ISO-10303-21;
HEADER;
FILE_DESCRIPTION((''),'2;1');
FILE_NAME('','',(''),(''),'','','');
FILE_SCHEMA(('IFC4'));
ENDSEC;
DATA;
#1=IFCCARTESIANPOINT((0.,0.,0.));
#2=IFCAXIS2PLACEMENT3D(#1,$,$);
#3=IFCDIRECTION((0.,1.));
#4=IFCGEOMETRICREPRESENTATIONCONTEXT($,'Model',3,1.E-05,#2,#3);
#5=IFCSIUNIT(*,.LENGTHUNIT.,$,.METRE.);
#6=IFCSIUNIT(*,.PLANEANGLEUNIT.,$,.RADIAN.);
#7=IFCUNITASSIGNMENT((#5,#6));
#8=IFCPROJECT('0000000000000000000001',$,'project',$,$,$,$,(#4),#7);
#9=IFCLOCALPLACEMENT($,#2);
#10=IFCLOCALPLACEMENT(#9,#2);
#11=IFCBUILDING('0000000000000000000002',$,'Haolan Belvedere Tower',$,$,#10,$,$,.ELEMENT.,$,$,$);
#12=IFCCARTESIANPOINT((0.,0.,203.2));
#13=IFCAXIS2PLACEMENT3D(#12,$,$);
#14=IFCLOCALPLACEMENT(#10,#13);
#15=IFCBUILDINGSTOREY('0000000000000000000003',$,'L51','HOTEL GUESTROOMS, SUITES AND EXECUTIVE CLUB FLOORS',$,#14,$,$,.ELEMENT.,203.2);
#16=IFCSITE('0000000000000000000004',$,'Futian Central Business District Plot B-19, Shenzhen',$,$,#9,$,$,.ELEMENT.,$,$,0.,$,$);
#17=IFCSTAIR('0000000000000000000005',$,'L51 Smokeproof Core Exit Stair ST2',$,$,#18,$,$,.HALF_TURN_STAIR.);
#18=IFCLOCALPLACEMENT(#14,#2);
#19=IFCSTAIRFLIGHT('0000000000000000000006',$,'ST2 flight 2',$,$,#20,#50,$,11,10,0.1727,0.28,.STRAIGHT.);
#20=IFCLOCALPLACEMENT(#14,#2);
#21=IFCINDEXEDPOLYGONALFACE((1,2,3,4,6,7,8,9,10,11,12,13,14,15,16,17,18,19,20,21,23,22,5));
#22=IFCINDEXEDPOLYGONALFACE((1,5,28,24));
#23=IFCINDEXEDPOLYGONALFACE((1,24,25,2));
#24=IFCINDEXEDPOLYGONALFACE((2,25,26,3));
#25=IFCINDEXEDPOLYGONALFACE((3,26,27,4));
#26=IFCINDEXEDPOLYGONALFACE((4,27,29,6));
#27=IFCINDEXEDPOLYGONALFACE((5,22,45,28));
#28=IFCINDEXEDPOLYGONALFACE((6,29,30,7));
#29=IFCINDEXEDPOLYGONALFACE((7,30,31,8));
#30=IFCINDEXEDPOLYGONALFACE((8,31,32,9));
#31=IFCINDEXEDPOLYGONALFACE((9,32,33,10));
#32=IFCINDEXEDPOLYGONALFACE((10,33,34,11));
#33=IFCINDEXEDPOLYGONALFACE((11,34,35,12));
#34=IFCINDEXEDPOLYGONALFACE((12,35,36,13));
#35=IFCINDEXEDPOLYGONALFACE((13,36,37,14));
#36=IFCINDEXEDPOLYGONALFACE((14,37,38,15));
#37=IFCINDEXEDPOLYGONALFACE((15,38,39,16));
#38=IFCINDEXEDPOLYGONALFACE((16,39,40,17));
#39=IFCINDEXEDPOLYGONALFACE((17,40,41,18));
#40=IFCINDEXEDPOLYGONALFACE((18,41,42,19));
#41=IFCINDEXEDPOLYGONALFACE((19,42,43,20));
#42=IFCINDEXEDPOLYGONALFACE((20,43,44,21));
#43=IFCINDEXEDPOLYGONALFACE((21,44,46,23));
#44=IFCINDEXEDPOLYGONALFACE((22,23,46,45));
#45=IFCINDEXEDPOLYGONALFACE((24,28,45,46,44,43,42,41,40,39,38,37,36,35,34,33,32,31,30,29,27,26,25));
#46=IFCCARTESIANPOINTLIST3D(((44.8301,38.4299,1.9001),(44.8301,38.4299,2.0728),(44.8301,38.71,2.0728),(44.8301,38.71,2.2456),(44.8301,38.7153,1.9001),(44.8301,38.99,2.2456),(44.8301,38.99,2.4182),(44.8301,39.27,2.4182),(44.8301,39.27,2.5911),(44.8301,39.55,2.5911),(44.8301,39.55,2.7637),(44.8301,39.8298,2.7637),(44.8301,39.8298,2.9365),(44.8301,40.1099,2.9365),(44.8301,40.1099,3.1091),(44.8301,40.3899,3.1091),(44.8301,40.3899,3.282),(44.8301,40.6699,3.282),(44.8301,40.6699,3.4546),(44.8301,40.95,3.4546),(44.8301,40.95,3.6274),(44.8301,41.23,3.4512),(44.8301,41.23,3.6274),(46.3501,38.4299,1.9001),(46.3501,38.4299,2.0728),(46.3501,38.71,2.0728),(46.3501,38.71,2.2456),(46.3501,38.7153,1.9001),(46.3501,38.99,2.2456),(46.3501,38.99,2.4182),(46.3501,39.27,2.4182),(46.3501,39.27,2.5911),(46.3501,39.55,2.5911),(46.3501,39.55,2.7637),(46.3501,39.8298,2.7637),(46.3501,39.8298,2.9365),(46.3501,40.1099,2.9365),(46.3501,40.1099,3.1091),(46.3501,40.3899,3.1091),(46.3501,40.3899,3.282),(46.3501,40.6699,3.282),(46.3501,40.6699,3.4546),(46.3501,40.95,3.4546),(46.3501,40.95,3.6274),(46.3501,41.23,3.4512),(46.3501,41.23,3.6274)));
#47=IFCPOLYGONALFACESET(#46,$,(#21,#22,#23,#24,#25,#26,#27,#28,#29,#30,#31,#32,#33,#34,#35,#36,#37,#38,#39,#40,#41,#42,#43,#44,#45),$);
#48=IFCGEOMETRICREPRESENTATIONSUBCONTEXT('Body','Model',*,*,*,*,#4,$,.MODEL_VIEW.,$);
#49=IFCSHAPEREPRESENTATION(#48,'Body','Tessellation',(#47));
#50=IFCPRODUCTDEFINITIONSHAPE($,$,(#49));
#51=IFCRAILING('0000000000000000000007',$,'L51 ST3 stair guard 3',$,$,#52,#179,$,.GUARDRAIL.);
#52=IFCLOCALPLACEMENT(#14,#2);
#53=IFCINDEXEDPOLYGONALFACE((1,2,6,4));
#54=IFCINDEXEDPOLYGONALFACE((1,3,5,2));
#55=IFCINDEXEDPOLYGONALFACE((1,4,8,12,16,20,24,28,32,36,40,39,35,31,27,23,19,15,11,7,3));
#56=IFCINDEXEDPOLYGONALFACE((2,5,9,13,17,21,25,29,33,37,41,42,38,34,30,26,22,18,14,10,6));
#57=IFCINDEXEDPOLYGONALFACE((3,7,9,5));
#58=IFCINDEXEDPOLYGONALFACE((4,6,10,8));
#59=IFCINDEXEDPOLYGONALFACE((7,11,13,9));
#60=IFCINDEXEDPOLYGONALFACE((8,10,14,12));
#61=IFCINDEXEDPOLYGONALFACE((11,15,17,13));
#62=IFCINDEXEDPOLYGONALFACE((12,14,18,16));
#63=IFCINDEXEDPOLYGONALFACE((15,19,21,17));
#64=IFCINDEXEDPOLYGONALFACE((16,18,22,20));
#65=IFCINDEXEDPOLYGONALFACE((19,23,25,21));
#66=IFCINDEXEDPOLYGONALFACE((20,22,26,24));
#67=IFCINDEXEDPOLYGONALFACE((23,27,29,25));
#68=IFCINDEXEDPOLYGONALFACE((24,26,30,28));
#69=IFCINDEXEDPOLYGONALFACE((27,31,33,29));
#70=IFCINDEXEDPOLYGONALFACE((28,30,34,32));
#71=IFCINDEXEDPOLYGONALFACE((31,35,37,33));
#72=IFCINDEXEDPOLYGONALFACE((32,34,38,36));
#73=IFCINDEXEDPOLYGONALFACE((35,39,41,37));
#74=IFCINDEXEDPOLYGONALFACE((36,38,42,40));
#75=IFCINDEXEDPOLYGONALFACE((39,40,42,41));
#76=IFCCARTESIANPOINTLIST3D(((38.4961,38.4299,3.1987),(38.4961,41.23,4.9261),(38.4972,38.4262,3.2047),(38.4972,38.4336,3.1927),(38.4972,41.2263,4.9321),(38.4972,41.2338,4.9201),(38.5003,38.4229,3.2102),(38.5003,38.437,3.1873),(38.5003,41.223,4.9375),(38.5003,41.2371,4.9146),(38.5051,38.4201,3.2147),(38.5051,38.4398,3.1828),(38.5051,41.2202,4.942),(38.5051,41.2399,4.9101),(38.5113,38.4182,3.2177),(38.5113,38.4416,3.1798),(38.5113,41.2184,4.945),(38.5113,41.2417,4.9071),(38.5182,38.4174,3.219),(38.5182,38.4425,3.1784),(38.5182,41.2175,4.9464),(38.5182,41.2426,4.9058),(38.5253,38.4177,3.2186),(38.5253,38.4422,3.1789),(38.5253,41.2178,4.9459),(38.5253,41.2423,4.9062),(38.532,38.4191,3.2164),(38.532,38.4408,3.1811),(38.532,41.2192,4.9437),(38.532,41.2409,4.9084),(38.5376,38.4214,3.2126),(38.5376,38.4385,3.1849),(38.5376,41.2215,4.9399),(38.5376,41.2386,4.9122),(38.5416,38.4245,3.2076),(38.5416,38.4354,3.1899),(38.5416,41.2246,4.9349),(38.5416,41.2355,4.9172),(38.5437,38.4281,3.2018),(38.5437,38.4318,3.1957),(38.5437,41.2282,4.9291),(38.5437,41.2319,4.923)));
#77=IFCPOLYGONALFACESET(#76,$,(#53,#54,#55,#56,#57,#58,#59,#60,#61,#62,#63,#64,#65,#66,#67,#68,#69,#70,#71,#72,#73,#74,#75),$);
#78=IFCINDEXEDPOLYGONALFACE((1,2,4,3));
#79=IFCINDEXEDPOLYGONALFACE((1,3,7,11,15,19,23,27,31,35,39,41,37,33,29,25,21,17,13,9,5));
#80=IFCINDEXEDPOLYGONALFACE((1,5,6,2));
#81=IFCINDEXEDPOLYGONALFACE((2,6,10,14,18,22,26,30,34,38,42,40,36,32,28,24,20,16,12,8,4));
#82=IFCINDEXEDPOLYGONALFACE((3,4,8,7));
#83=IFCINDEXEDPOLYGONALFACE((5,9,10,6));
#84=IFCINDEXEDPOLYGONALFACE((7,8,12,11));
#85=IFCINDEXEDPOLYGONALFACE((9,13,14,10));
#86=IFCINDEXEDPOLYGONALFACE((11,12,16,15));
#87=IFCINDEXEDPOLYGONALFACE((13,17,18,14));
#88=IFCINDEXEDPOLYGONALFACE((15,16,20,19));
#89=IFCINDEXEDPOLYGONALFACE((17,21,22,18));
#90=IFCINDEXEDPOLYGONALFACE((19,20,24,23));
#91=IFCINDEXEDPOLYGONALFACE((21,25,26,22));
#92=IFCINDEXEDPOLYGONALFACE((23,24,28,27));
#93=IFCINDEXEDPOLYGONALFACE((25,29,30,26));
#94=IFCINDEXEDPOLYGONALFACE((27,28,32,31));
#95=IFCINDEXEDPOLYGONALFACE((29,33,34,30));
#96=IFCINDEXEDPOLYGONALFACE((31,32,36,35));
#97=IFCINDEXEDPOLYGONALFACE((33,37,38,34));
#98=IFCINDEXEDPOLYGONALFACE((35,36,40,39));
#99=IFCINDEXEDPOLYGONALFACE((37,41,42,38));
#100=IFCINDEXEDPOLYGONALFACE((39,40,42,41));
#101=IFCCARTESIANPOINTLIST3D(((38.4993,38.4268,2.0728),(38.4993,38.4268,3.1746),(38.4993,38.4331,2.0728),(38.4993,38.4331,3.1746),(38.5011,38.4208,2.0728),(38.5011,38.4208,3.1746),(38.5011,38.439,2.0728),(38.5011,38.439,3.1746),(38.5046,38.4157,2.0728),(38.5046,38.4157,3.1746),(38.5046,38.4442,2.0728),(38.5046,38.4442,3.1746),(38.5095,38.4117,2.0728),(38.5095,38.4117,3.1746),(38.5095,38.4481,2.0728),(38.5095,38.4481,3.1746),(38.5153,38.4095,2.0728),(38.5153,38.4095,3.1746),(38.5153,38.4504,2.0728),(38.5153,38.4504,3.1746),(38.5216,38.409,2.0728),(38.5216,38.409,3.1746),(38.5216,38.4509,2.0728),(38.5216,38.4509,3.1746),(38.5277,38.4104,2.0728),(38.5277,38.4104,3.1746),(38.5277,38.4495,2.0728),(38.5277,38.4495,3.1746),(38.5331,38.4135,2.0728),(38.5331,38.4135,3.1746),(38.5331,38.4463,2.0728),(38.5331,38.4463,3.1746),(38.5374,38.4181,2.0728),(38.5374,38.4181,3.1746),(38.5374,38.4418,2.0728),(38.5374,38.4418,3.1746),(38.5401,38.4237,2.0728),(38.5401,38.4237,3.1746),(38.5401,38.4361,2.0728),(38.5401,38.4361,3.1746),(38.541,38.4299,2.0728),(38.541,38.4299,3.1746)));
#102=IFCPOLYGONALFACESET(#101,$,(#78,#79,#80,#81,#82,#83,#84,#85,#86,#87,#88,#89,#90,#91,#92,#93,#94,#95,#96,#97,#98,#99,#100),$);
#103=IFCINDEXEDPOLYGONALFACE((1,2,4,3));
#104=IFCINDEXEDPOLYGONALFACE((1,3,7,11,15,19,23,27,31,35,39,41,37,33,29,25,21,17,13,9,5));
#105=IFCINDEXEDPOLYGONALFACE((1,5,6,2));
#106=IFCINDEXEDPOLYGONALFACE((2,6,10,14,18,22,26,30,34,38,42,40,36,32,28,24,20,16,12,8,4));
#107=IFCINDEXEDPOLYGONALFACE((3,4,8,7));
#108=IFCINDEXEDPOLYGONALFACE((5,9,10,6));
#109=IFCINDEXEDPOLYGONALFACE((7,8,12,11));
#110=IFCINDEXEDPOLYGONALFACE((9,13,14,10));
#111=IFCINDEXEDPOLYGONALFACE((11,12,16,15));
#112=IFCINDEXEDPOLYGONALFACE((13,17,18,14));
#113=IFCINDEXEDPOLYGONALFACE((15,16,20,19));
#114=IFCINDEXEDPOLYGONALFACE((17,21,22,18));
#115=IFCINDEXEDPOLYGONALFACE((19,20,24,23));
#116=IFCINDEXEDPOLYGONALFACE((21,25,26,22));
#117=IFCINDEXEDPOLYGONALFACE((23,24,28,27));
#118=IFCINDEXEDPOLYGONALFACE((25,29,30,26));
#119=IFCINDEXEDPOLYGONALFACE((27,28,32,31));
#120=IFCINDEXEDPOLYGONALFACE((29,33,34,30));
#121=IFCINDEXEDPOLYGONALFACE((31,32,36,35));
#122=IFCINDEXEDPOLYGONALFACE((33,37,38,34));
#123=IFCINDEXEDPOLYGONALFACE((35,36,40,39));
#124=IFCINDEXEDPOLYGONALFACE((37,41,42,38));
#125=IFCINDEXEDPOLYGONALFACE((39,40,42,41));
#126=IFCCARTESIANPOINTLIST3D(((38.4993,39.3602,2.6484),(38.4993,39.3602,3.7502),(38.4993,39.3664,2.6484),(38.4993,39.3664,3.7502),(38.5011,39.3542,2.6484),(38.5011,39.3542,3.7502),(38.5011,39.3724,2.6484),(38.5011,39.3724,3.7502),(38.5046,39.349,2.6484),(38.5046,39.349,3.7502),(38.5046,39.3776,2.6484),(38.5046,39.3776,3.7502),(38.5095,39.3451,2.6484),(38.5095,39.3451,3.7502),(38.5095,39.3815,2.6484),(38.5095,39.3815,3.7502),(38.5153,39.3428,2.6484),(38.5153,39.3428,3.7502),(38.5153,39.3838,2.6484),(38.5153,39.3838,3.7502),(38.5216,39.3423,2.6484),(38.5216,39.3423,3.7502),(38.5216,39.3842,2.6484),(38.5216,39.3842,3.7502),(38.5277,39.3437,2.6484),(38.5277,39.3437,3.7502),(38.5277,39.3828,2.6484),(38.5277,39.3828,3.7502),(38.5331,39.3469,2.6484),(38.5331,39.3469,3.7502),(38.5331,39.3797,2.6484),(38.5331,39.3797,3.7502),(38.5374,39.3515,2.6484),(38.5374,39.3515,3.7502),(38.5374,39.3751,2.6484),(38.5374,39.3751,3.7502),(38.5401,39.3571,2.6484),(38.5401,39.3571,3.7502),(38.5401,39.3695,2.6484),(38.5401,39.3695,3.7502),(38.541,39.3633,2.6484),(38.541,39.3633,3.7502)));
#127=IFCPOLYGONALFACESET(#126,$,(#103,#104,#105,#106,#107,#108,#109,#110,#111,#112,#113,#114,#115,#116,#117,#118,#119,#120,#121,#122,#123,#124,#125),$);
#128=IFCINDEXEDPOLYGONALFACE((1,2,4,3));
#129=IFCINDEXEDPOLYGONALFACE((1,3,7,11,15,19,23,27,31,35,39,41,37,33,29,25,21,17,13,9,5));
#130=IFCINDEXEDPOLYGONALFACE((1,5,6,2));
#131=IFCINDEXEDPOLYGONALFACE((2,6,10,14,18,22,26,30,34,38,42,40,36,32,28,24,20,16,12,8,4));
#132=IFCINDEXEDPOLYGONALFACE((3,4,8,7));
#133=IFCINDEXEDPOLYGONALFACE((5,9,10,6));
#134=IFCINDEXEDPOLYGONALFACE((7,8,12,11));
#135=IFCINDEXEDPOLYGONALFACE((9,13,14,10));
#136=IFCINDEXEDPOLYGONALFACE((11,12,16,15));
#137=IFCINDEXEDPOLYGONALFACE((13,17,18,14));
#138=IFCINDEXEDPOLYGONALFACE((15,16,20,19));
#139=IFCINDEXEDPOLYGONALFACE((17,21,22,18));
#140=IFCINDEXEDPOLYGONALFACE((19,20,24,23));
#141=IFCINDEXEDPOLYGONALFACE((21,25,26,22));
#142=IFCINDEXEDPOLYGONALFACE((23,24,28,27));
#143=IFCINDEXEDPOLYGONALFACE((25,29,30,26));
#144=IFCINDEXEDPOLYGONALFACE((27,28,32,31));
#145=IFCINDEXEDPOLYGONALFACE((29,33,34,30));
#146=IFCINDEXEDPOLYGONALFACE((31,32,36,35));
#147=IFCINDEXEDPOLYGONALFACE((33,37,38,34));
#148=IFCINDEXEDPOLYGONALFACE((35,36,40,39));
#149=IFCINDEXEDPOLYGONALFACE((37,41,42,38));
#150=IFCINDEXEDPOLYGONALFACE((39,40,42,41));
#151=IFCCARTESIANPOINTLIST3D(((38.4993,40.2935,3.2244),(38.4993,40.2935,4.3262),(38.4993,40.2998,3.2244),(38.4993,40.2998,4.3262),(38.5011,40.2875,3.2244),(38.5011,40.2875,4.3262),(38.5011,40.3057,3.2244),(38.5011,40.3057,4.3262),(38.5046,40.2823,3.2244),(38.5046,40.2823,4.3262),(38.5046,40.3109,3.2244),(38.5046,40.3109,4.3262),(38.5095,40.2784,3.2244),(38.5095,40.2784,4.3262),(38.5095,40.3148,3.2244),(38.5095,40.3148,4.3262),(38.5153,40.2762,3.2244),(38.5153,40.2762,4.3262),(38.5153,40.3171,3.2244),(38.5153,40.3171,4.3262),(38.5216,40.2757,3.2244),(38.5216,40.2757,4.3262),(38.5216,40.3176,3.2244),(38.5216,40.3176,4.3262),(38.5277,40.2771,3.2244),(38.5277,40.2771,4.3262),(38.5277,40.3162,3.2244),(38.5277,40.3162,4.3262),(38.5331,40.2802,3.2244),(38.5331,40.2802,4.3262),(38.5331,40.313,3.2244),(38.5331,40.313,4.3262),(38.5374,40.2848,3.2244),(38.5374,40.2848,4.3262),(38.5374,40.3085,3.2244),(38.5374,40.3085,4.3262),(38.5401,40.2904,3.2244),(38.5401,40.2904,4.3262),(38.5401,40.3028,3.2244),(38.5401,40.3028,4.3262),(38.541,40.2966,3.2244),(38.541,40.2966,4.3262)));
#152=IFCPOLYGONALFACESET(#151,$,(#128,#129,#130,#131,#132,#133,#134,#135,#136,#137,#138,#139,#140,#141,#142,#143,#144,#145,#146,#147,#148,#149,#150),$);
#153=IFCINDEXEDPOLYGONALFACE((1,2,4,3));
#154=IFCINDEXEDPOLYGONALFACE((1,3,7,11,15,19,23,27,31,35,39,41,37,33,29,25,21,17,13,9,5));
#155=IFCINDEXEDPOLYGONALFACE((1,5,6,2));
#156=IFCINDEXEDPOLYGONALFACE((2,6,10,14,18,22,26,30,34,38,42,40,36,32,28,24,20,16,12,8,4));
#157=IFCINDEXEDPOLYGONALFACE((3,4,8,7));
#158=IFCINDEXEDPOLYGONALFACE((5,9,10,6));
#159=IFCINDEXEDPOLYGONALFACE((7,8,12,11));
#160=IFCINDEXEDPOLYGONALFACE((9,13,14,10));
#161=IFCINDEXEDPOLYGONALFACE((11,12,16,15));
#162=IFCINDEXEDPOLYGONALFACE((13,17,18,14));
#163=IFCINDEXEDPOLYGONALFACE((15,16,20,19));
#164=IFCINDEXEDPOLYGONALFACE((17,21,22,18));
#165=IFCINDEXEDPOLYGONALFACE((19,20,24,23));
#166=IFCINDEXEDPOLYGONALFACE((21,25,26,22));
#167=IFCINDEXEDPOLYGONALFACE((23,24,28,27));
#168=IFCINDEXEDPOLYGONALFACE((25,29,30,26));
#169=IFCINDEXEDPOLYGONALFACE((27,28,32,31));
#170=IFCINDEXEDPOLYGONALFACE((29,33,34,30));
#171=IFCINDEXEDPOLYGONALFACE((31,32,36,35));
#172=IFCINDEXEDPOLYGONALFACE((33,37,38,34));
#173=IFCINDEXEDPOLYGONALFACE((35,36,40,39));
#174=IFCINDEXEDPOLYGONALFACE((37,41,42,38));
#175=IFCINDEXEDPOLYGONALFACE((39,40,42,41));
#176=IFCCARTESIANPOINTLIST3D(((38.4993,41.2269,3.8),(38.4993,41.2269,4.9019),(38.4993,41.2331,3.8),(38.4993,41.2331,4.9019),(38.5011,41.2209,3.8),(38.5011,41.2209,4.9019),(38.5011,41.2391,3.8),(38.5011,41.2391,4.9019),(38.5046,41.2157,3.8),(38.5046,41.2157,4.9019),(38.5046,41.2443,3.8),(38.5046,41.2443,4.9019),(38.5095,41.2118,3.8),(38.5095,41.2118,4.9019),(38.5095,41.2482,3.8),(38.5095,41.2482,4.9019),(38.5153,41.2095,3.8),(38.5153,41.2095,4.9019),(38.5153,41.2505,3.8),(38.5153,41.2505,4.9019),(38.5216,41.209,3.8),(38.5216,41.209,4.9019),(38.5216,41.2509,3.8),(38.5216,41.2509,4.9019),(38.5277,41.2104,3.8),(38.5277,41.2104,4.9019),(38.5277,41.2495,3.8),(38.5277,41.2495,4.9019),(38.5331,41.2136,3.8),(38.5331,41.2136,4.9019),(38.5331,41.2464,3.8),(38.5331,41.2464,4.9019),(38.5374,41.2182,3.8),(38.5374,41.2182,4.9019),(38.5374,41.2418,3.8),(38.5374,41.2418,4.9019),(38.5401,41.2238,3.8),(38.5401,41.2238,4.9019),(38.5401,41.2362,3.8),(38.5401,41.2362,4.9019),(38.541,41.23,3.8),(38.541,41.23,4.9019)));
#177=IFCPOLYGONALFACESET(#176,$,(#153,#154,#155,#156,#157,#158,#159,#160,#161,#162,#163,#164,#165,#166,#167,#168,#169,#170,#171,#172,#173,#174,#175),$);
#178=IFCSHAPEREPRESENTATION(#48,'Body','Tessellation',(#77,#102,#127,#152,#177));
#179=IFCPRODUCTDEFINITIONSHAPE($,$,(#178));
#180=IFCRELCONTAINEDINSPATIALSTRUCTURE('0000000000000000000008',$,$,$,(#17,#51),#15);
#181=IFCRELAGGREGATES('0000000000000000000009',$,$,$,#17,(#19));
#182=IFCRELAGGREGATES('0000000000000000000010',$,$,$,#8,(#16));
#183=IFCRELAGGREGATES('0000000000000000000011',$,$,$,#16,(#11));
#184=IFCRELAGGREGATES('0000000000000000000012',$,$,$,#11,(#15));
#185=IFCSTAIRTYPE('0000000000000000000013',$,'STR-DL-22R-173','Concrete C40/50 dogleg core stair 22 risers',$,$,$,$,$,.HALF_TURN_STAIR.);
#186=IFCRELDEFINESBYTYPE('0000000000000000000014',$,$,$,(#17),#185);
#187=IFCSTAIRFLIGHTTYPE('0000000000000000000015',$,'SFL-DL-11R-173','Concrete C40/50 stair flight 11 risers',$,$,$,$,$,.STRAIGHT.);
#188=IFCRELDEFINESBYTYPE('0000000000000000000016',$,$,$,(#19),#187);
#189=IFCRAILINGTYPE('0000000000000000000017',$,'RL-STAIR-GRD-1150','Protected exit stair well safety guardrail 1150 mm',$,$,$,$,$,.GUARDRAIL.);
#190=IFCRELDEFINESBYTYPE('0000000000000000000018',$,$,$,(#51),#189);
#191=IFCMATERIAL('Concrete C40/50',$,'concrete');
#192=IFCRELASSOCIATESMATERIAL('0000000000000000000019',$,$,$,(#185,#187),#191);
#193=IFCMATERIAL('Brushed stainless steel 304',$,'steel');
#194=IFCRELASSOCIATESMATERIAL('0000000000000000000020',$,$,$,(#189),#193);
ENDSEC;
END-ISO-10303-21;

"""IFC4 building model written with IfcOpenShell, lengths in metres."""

from ifc_helpers import new_model, si_unit, direction, frame, origin, origin_2d, place, context, subcontext, project, spatial, polyline, circle, outline, extrude, material, type_object, element, aggregate, save


model = new_model("IFC4")

# Units and contexts
model_context = context("Model", 3, precision=1e-05, world=origin(), true_north=direction((0.0, 1.0)))
body_context = subcontext(model_context, "Body", "Model", "MODEL_VIEW")
ifc_project = project(units=[si_unit("LENGTHUNIT", "METRE"), si_unit("PLANEANGLEUNIT", "RADIAN")], contexts=[model_context])

# Site, building, storey
site_placement = place(None, origin())
site = spatial("IfcSite", under=ifc_project, at=site_placement, Name="Futian Central Business District Plot B-19, Shenzhen", CompositionType="ELEMENT", RefElevation=0.0)
building_placement = place(site_placement, origin())
building = spatial("IfcBuilding", under=site, at=building_placement, Name="Haolan Belvedere Tower", CompositionType="ELEMENT")
storey_placement = place(building_placement, frame((0.0, 0.0, 203.2)))
storey = spatial("IfcBuildingStorey", under=building, at=storey_placement, Name="L51", Description="HOTEL GUESTROOMS, SUITES AND EXECUTIVE CLUB FLOORS", CompositionType="ELEMENT", Elevation=203.2)

# Shared definitions
ifc_material_1 = material(Name="Concrete C40/50", Category="concrete")

# Shared definitions
stair_type = type_object("IfcStairType", Name="STR-DL-22R-173", Description="Concrete C40/50 dogleg core stair 22 risers", PredefinedType="HALF_TURN_STAIR", material=ifc_material_1)
stair_flight_type = type_object("IfcStairFlightType", Name="SFL-DL-11R-173", Description="Concrete C40/50 stair flight 11 risers", PredefinedType="STRAIGHT", material=ifc_material_1)

# Stair, stair flight
stair_1_placement = place(storey_placement, origin())
stair_1 = element("IfcStair", 1, at=stair_1_placement, inside=storey, type_object=stair_type, Name="L51 Smokeproof Core Exit Stair ST2", PredefinedType="HALF_TURN_STAIR")
stair_flight_1_placement = place(storey_placement, frame((45.5901, 38.4299, 1.9001), z_axis=(0.0, 0.0, 1.0), x_axis=(0.0, 1.0, 0.0)))
stair_flight_1 = element("IfcStairFlight", 2, at=stair_flight_1_placement, type_object=stair_flight_type, Name="ST2 flight 2", NumberOfRisers=11, NumberOfTreads=10, PredefinedType="STRAIGHT", RiserHeight=0.1727, TreadLength=0.28, context=body_context, shape_type="SweptSolid", body=[
    extrude(outline(polyline([(0.0, 0.0), (0.0, 0.1726), (0.28, 0.1726), (0.28, 0.3455), (0.5601, 0.3455), (0.5601, 0.5181), (0.8401, 0.5181), (0.8401, 0.6909), (1.1201, 0.6909), (1.1201, 0.8635), (1.3999, 0.8635), (1.3999, 1.0364), (1.6799, 1.0364), (1.6799, 1.209), (1.96, 1.209), (1.96, 1.3818), (2.24, 1.3818), (2.24, 1.5544), (2.52, 1.5544), (2.52, 1.7273), (2.8, 1.7273), (2.8, 1.8999), (2.8, 1.551), (0.2854, 0.0), (0.0, 0.0)])), frame((0.0, 0.76, 0.0), z_axis=(0.0, -1.0, 0.0), x_axis=(1.0, 0.0, 0.0)), (0.0, 0.0, 1.0), 1.52),
])
aggregate(stair_1, [stair_flight_1])

# Railing
ifc_material_2 = material(Name="Brushed stainless steel 304", Category="steel")
railing_type_1 = type_object("IfcRailingType", Name="RL-STAIR-GRD-1150", Description="Protected exit stair well safety guardrail 1150 mm", PredefinedType="GUARDRAIL", material=ifc_material_2)
railing_1_placement = place(storey_placement, frame((38.52, 38.4299, 2.0728)))
element("IfcRailing", 3, at=railing_1_placement, inside=storey, type_object=railing_type_1, Name="L51 ST3 stair guard 3", PredefinedType="GUARDRAIL", context=body_context, shape_type="SweptSolid", body=[
    extrude(circle(Radius=0.0239, at=origin_2d()), frame((0.0, 0.0, 1.126), z_axis=(0.0, 0.85109, 0.52502), x_axis=(-1.0, 0.0, 0.0)), (0.0, 0.0, 1.0), 3.29),
    extrude(circle(Radius=0.021, at=origin_2d()), origin(), (0.0, 0.0, 1.0), 1.1018),
    extrude(circle(Radius=0.021, at=origin_2d()), frame((0.0, 0.9333, 0.5757)), (0.0, 0.0, 1.0), 1.1018),
    extrude(circle(Radius=0.021, at=origin_2d()), frame((0.0, 1.8667, 1.1516)), (0.0, 0.0, 1.0), 1.1018),
    extrude(circle(Radius=0.021, at=origin_2d()), frame((0.0, 2.8, 1.7273)), (0.0, 0.0, 1.0), 1.1018),
])

save(model, "model.ifc")
